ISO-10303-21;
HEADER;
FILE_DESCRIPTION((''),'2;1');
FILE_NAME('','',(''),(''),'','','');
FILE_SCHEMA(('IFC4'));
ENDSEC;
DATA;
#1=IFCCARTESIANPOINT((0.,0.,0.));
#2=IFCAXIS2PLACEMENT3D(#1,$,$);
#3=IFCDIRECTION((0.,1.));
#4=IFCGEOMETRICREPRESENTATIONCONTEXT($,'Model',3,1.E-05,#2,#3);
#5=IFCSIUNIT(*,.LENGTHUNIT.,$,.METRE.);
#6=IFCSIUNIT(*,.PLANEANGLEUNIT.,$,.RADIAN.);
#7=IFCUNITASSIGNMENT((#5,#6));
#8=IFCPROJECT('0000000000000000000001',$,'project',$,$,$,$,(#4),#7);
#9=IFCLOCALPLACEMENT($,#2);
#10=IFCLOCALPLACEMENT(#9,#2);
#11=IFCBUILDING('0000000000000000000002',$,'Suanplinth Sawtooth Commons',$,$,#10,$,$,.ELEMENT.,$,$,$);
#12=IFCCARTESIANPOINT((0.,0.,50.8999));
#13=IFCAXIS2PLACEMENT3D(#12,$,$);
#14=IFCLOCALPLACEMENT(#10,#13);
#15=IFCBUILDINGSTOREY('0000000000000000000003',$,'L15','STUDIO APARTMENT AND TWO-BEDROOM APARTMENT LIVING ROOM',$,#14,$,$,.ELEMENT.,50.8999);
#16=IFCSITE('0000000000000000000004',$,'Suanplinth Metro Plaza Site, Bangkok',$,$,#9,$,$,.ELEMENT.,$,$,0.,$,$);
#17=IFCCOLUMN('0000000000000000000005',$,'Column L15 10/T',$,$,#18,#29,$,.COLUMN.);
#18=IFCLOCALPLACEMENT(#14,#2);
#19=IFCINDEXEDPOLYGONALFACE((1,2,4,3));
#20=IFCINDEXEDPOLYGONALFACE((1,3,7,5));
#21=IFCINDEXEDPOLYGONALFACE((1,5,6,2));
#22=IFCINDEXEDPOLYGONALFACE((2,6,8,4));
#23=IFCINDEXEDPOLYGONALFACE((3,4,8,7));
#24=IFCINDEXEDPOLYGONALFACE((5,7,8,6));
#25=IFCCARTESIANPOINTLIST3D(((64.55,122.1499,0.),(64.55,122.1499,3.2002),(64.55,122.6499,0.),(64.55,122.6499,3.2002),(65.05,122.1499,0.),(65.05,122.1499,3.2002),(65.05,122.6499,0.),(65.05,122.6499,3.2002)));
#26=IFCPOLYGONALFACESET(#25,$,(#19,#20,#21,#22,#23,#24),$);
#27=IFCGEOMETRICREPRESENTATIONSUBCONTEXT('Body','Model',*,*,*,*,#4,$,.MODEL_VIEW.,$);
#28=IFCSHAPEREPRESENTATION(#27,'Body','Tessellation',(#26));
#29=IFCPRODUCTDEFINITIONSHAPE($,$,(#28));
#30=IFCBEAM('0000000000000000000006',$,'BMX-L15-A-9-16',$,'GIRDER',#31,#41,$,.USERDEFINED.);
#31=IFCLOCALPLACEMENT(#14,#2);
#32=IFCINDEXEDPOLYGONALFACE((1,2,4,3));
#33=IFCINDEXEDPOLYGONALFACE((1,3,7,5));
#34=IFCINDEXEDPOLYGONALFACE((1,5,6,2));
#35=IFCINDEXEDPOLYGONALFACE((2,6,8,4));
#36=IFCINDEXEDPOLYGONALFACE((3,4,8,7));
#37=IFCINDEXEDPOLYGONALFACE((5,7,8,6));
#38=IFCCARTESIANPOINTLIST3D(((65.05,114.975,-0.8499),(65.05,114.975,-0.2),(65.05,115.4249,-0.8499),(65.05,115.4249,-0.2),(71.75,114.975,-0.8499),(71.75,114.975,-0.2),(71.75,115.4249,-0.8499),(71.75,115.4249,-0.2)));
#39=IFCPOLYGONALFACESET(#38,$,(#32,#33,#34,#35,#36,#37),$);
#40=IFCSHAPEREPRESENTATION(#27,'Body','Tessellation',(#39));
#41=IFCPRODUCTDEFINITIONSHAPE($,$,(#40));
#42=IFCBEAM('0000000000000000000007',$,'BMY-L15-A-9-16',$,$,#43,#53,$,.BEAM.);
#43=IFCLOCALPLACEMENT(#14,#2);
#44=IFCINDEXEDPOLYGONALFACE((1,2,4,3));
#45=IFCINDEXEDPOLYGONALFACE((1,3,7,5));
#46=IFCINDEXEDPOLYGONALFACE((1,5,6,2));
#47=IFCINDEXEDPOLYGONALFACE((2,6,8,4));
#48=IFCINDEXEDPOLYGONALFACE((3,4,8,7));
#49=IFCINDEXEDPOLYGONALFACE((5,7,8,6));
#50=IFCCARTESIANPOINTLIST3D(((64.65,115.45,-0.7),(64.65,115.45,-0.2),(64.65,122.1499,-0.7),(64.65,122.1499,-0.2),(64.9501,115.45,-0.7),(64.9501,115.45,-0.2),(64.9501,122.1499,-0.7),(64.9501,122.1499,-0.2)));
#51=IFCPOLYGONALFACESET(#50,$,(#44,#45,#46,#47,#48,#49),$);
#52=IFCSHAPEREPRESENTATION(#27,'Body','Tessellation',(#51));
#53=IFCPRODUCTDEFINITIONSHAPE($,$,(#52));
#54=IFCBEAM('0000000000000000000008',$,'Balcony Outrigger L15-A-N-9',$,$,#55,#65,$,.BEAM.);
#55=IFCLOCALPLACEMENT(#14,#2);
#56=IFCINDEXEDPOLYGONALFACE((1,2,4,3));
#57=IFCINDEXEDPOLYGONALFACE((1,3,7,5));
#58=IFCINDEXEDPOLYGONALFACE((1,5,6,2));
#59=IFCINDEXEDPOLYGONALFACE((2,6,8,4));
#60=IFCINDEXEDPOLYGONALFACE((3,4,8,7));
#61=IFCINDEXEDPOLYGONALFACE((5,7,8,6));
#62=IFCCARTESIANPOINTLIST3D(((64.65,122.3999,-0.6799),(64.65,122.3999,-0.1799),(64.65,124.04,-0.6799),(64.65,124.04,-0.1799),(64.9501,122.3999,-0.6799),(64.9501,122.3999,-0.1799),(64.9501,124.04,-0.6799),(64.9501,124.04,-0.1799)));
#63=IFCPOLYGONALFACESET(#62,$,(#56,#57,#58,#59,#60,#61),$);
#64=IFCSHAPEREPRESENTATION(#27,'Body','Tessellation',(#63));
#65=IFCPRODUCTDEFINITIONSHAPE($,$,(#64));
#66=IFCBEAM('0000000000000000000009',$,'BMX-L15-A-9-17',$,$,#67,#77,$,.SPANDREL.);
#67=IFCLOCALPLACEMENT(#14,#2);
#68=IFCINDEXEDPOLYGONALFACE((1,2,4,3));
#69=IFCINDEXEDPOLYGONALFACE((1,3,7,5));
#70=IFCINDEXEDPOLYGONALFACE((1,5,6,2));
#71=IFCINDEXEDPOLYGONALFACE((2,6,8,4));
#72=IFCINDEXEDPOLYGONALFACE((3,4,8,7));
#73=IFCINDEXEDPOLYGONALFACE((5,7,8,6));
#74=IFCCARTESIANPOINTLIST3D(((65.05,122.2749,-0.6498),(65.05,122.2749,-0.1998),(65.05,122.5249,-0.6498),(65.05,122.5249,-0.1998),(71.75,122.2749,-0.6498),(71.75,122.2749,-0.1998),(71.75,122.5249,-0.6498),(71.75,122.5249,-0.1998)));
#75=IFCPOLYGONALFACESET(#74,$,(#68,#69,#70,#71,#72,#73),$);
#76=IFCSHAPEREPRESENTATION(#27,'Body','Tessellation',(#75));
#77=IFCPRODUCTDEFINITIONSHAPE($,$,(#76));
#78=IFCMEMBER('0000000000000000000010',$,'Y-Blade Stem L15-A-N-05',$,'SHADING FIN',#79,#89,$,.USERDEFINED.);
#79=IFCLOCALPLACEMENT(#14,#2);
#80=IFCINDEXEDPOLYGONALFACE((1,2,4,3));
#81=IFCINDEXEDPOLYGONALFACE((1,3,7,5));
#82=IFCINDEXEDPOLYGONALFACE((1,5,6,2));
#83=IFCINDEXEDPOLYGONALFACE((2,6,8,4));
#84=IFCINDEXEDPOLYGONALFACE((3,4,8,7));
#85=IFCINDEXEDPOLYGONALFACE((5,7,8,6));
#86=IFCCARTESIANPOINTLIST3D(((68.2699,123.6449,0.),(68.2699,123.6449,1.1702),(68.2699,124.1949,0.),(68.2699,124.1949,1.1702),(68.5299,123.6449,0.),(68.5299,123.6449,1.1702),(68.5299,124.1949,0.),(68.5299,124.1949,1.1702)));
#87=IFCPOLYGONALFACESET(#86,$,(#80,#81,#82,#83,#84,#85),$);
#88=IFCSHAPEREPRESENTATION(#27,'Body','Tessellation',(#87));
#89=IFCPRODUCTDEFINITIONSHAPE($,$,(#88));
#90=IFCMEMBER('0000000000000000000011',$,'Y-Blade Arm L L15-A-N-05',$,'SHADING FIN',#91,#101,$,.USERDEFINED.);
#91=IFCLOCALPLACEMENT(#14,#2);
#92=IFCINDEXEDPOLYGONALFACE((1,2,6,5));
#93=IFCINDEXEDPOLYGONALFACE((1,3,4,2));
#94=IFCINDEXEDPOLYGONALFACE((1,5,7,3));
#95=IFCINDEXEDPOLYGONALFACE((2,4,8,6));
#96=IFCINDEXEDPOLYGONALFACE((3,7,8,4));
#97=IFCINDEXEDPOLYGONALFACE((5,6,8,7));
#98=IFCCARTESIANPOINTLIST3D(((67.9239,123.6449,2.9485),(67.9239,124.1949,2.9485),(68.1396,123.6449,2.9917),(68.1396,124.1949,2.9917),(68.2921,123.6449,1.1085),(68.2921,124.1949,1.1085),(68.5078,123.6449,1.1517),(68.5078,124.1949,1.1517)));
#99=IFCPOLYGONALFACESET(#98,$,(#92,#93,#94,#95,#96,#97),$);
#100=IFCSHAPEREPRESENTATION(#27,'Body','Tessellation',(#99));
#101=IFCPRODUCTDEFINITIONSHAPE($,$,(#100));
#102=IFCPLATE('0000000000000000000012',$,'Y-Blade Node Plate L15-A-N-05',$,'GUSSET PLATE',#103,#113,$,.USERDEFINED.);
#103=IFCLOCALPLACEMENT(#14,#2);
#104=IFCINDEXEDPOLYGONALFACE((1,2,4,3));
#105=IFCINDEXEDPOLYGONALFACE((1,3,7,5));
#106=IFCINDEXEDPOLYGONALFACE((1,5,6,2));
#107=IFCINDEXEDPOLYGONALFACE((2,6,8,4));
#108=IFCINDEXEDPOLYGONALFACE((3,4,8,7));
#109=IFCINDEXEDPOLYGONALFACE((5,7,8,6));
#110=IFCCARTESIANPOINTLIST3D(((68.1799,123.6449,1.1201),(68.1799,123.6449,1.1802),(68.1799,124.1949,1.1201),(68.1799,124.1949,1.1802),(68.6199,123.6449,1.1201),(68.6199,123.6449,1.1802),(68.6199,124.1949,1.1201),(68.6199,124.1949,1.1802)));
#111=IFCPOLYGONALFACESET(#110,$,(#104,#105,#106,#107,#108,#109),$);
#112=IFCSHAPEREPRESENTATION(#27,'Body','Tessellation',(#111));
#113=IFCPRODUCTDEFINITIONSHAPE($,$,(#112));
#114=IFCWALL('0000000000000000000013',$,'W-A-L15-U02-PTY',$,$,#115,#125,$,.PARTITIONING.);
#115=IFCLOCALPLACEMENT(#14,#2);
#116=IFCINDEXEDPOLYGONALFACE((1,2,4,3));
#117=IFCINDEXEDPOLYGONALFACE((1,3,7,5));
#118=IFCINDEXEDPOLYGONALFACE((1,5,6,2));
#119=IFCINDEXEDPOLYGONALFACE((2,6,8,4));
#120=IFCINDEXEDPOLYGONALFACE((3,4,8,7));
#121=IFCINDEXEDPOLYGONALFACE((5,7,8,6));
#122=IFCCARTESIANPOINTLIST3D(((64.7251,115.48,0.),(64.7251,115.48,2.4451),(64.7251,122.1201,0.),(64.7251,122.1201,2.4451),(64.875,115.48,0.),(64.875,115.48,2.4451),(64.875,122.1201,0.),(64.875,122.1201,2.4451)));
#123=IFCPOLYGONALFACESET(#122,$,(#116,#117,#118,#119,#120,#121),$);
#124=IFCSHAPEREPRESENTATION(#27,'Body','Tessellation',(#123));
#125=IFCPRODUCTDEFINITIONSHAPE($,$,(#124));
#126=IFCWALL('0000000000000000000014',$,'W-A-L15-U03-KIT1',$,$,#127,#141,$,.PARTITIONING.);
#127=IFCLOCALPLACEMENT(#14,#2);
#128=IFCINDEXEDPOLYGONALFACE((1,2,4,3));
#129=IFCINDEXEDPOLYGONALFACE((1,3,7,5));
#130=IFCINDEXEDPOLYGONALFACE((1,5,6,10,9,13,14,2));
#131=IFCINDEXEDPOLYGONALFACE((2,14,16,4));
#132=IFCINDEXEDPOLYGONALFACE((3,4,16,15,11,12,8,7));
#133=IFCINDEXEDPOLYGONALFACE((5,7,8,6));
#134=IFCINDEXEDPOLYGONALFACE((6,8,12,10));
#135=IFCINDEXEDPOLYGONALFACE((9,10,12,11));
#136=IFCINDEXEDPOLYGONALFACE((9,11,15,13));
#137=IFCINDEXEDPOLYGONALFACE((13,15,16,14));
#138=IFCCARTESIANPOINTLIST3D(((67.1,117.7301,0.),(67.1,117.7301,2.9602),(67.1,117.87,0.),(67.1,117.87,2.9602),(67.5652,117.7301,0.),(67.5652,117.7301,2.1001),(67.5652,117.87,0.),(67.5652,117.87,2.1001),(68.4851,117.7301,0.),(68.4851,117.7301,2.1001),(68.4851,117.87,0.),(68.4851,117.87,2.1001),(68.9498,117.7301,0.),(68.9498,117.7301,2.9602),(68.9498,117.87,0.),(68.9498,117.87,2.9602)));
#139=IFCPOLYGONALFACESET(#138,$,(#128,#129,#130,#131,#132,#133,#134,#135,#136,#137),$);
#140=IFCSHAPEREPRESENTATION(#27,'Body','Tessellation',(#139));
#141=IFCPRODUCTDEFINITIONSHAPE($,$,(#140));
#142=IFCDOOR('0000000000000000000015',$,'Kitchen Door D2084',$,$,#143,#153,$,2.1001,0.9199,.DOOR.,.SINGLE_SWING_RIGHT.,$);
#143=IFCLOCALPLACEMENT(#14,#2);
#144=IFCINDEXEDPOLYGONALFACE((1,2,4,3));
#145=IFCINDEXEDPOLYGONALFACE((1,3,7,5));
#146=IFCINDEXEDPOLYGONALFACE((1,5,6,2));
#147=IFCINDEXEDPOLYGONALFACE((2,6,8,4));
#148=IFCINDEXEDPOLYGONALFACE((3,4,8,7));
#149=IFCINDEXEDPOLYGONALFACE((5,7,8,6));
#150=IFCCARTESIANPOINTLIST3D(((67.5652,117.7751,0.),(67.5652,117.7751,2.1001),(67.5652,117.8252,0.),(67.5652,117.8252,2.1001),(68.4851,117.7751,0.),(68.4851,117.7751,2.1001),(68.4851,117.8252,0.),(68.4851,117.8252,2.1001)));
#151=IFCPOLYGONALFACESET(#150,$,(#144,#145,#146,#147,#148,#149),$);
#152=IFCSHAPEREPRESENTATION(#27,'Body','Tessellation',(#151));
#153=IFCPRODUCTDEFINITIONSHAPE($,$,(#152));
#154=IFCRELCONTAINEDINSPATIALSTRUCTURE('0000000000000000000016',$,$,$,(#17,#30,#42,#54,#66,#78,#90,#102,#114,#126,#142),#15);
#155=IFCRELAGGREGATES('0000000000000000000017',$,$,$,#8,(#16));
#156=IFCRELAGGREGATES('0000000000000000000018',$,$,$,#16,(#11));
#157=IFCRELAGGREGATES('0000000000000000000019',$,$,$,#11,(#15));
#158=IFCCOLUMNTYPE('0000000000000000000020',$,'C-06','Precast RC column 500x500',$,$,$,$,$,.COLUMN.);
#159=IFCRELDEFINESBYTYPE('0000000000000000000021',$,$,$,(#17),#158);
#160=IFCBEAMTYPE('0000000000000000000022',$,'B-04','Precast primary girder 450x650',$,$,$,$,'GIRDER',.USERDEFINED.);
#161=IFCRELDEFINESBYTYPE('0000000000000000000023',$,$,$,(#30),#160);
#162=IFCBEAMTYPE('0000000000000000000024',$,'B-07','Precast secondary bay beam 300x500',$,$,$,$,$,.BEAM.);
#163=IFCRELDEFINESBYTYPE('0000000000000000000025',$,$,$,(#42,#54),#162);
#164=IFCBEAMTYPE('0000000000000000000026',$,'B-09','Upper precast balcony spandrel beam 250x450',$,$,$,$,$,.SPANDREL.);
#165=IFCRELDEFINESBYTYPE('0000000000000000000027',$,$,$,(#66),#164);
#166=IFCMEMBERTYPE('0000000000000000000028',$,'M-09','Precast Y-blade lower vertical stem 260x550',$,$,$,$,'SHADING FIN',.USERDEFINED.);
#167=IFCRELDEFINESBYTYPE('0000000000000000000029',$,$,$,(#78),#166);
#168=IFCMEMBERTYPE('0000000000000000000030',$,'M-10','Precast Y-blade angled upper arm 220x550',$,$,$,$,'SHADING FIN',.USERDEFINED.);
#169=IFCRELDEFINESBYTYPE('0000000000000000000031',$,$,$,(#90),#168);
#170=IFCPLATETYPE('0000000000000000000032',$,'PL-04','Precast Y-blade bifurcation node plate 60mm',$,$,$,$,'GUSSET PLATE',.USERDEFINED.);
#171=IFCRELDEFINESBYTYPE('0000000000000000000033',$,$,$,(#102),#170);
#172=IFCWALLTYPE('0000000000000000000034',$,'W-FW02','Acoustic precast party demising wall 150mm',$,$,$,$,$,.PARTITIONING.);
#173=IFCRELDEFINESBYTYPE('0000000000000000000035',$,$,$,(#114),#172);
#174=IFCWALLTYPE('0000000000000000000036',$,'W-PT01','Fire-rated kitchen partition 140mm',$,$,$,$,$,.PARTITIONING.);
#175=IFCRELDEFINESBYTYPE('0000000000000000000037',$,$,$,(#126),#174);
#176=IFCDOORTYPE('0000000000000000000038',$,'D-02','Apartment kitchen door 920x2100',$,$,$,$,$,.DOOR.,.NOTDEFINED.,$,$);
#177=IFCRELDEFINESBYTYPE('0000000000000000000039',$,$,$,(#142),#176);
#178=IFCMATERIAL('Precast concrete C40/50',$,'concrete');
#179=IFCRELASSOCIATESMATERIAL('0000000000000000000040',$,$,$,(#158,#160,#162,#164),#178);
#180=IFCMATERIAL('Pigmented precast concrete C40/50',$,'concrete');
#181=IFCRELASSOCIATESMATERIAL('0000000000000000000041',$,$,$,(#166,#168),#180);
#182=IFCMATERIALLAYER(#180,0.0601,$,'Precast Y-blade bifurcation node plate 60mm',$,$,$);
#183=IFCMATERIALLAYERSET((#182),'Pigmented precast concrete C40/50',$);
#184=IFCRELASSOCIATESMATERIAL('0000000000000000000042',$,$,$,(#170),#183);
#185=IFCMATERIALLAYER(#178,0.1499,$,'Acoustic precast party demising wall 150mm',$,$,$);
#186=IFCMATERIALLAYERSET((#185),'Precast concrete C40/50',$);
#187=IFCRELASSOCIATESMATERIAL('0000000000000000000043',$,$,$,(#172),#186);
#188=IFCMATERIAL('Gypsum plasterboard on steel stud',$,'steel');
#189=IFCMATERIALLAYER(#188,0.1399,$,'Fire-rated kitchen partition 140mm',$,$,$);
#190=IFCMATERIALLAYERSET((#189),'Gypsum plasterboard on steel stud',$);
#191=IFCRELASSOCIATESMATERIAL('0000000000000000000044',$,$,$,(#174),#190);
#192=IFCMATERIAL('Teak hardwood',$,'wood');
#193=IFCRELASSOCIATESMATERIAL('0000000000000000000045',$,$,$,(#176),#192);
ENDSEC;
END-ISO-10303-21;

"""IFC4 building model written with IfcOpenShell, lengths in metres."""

from ifc_helpers import new_model, si_unit, direction, frame, frame_2d, origin, origin_2d, place, context, subcontext, project, spatial, rectangle, extrude, material, layer, layer_set, material_profile, profile_set, type_object, element, fill, save


model = new_model("IFC4")

# Units and contexts
model_context = context("Model", 3, precision=1e-05, world=origin(), true_north=direction((0.0, 1.0)))
body_context = subcontext(model_context, "Body", "Model", "MODEL_VIEW")
ifc_project = project(units=[si_unit("LENGTHUNIT", "METRE"), si_unit("PLANEANGLEUNIT", "RADIAN")], contexts=[model_context])

# Site, building, storey
site_placement = place(None, origin())
site = spatial("IfcSite", under=ifc_project, at=site_placement, Name="Suanplinth Metro Plaza Site, Bangkok", CompositionType="ELEMENT", RefElevation=0.0)
building_placement = place(site_placement, origin())
building = spatial("IfcBuilding", under=site, at=building_placement, Name="Suanplinth Sawtooth Commons", CompositionType="ELEMENT")
storey_placement = place(building_placement, frame((0.0, 0.0, 50.8999)))
storey = spatial("IfcBuildingStorey", under=building, at=storey_placement, Name="L15", Description="STUDIO APARTMENT AND TWO-BEDROOM APARTMENT LIVING ROOM", CompositionType="ELEMENT", Elevation=50.8999)

# Column
ifc_material_1 = material(Name="Precast concrete C40/50", Category="concrete")
ifc_material_profile_1 = material_profile(ifc_material_1, rectangle(XDim=0.5, YDim=0.5, at=origin_2d()), Name="PC-COL 500x500")
ifc_profile_set_1 = profile_set([ifc_material_profile_1], Name="Precast concrete C40/50")
column_type = type_object("IfcColumnType", Name="C-06", Description="Precast RC column 500x500", PredefinedType="COLUMN", material=ifc_profile_set_1)
column_placement = place(storey_placement, frame((64.8, 122.3999, 0.0), z_axis=(0.0, 0.0, 1.0), x_axis=(1.0, 0.0, 0.0)))
element("IfcColumn", 1, at=column_placement, inside=storey, type_object=column_type, Name="Column L15 10/T", PredefinedType="COLUMN", context=body_context, shape_type="SweptSolid", body=[
    extrude(rectangle(XDim=0.5, YDim=0.5, at=origin_2d()), origin(), (0.0, 0.0, 1.0), 3.2002),
])

# Beams
ifc_material_profile_2 = material_profile(ifc_material_1, rectangle(XDim=0.45, YDim=0.6499, at=origin_2d()), Name="PC-GDR 450x650")
ifc_profile_set_2 = profile_set([ifc_material_profile_2], Name="Precast concrete C40/50")
beam_type_1 = type_object("IfcBeamType", Name="B-04", Description="Precast primary girder 450x650", ElementType="GIRDER", PredefinedType="USERDEFINED", material=ifc_profile_set_2)
beam_1_placement = place(storey_placement, frame((65.05, 115.2, -0.5249), z_axis=(1.0, 0.0, 0.0), x_axis=(0.0, 1.0, 0.0)))
element("IfcBeam", 2, at=beam_1_placement, inside=storey, type_object=beam_type_1, Name="BMX-L15-A-9-16", ObjectType="GIRDER", PredefinedType="USERDEFINED", context=body_context, shape_type="SweptSolid", body=[
    extrude(rectangle(XDim=0.45, YDim=0.6499, at=origin_2d()), origin(), (0.0, 0.0, 1.0), 6.7),
])
ifc_material_profile_3 = material_profile(ifc_material_1, rectangle(XDim=0.3, YDim=0.5, at=origin_2d()), Name="PC-BM 300x500")
ifc_profile_set_3 = profile_set([ifc_material_profile_3], Name="Precast concrete C40/50")
beam_type_2 = type_object("IfcBeamType", Name="B-07", Description="Precast secondary bay beam 300x500", PredefinedType="BEAM", material=ifc_profile_set_3)
beam_2_placement = place(storey_placement, frame((64.8, 115.45, -0.45), z_axis=(0.0, 1.0, 0.0), x_axis=(-1.0, 0.0, 0.0)))
element("IfcBeam", 3, at=beam_2_placement, inside=storey, type_object=beam_type_2, Name="BMY-L15-A-9-16", PredefinedType="BEAM", context=body_context, shape_type="SweptSolid", body=[
    extrude(rectangle(XDim=0.3, YDim=0.5, at=origin_2d()), origin(), (0.0, 0.0, 1.0), 6.7),
])
beam_3_placement = place(storey_placement, frame((64.8, 122.3999, -0.4299), z_axis=(0.0, 1.0, 0.0), x_axis=(-1.0, 0.0, 0.0)))
element("IfcBeam", 4, at=beam_3_placement, inside=storey, type_object=beam_type_2, Name="Balcony Outrigger L15-A-N-9", PredefinedType="BEAM", context=body_context, shape_type="SweptSolid", body=[
    extrude(rectangle(XDim=0.3, YDim=0.5, at=origin_2d()), origin(), (0.0, 0.0, 1.0), 1.6401),
])
ifc_material_profile_4 = material_profile(ifc_material_1, rectangle(XDim=0.25, YDim=0.45, at=origin_2d()), Name="PC-SP 250x450")
ifc_profile_set_4 = profile_set([ifc_material_profile_4], Name="Precast concrete C40/50")
beam_type_3 = type_object("IfcBeamType", Name="B-09", Description="Upper precast balcony spandrel beam 250x450", PredefinedType="SPANDREL", material=ifc_profile_set_4)
beam_4_placement = place(storey_placement, frame((65.05, 122.3999, -0.4248), z_axis=(1.0, 0.0, 0.0), x_axis=(0.0, 1.0, 0.0)))
element("IfcBeam", 5, at=beam_4_placement, inside=storey, type_object=beam_type_3, Name="BMX-L15-A-9-17", PredefinedType="SPANDREL", context=body_context, shape_type="SweptSolid", body=[
    extrude(rectangle(XDim=0.25, YDim=0.45, at=origin_2d()), origin(), (0.0, 0.0, 1.0), 6.7),
])

# Members
ifc_material_2 = material(Name="Pigmented precast concrete C40/50", Category="concrete")
ifc_material_profile_5 = material_profile(ifc_material_2, rectangle(XDim=0.26, YDim=0.55, at=origin_2d()), Name="PC-FIN 260x550")
ifc_profile_set_5 = profile_set([ifc_material_profile_5], Name="Pigmented precast concrete C40/50")
member_type_1 = type_object("IfcMemberType", Name="M-09", Description="Precast Y-blade lower vertical stem 260x550", ElementType="SHADING FIN", PredefinedType="USERDEFINED", material=ifc_profile_set_5)
member_1_placement = place(storey_placement, frame((68.3999, 123.9199, 0.0), z_axis=(0.0, 0.0, 1.0), x_axis=(1.0, 0.0, 0.0)))
element("IfcMember", 6, at=member_1_placement, inside=storey, type_object=member_type_1, Name="Y-Blade Stem L15-A-N-05", ObjectType="SHADING FIN", PredefinedType="USERDEFINED", context=body_context, shape_type="SweptSolid", body=[
    extrude(rectangle(XDim=0.26, YDim=0.55, at=origin_2d()), origin(), (0.0, 0.0, 1.0), 1.1702),
])
ifc_material_profile_6 = material_profile(ifc_material_2, rectangle(XDim=0.22, YDim=0.55, at=origin_2d()), Name="PC-FIN 220x550")
ifc_profile_set_6 = profile_set([ifc_material_profile_6], Name="Pigmented precast concrete C40/50")
member_type_2 = type_object("IfcMemberType", Name="M-10", Description="Precast Y-blade angled upper arm 220x550", ElementType="SHADING FIN", PredefinedType="USERDEFINED", material=ifc_profile_set_6)
member_2_placement = place(storey_placement, frame((68.3999, 123.9199, 1.1301), z_axis=(-0.196191, 0.0, 0.980566), x_axis=(0.980566, 0.0, 0.196191)))
element("IfcMember", 7, at=member_2_placement, inside=storey, type_object=member_type_2, Name="Y-Blade Arm L L15-A-N-05", ObjectType="SHADING FIN", PredefinedType="USERDEFINED", context=body_context, shape_type="SweptSolid", body=[
    extrude(rectangle(XDim=0.22, YDim=0.55, at=origin_2d()), origin(), (0.0, 0.0, 1.0), 1.8765),
])

# Plate
ifc_layer_1 = layer(ifc_material_2, 0.0601, Name="Precast Y-blade bifurcation node plate 60mm")
ifc_layer_set_1 = layer_set([ifc_layer_1], Name="Pigmented precast concrete C40/50")
plate_type = type_object("IfcPlateType", Name="PL-04", Description="Precast Y-blade bifurcation node plate 60mm", ElementType="GUSSET PLATE", PredefinedType="USERDEFINED", material=ifc_layer_set_1)
plate_placement = place(storey_placement, frame((68.3999, 123.9199, 1.1201), z_axis=(0.0, 0.0, 1.0), x_axis=(1.0, 0.0, 0.0)))
element("IfcPlate", 8, at=plate_placement, inside=storey, type_object=plate_type, Name="Y-Blade Node Plate L15-A-N-05", ObjectType="GUSSET PLATE", PredefinedType="USERDEFINED", context=body_context, shape_type="SweptSolid", body=[
    extrude(rectangle(XDim=0.4399, YDim=0.55, at=origin_2d()), origin(), (0.0, 0.0, 1.0), 0.0601),
])

# Wall
ifc_layer_2 = layer(ifc_material_1, 0.1499, Name="Acoustic precast party demising wall 150mm")
ifc_layer_set_2 = layer_set([ifc_layer_2], Name="Precast concrete C40/50")
wall_type_1 = type_object("IfcWallType", Name="W-FW02", Description="Acoustic precast party demising wall 150mm", PredefinedType="PARTITIONING", material=ifc_layer_set_2)
wall_1_placement = place(storey_placement, frame((64.8, 115.48, 0.0), z_axis=(0.0, 0.0, 1.0), x_axis=(0.0, 1.0, 0.0)))
element("IfcWall", 9, at=wall_1_placement, inside=storey, type_object=wall_type_1, Name="W-A-L15-U02-PTY", PredefinedType="PARTITIONING", context=body_context, shape_type="SweptSolid", body=[
    extrude(rectangle(XDim=6.6401, YDim=0.1499, at=frame_2d((3.3201, 0.0))), origin(), (0.0, 0.0, 1.0), 2.4451),
])

# Wall, opening, door
ifc_material_3 = material(Name="Gypsum plasterboard on steel stud", Category="steel")
ifc_layer_3 = layer(ifc_material_3, 0.1399, Name="Fire-rated kitchen partition 140mm")
ifc_layer_set_3 = layer_set([ifc_layer_3], Name="Gypsum plasterboard on steel stud")
wall_type_2 = type_object("IfcWallType", Name="W-PT01", Description="Fire-rated kitchen partition 140mm", PredefinedType="PARTITIONING", material=ifc_layer_set_3)
wall_2_placement = place(storey_placement, frame((67.1001, 117.8, 0.0), z_axis=(0.0, 0.0, 1.0), x_axis=(1.0, 0.0, 0.0)))
wall_2 = element("IfcWall", 10, at=wall_2_placement, inside=storey, type_object=wall_type_2, Name="W-A-L15-U03-KIT1", PredefinedType="PARTITIONING", context=body_context, shape_type="SweptSolid", body=[
    extrude(rectangle(XDim=1.8499, YDim=0.1399, at=frame_2d((0.9248, 0.0))), origin(), (0.0, 0.0, 1.0), 2.9602),
])
opening_1_placement = place(wall_2_placement, frame((0.4651, 0.0, 0.0)))
opening_1 = element("IfcOpeningElement", 11, at=opening_1_placement, cuts=wall_2, PredefinedType="OPENING", context=body_context, shape_type="SweptSolid", body=[
    extrude(rectangle(XDim=0.9199, YDim=2.1001, at=frame_2d((0.46, 1.05))), frame((0.0, 0.085, 0.0), z_axis=(0.0, -1.0, 0.0), x_axis=(1.0, 0.0, 0.0)), (0.0, 0.0, 1.0), 0.1697),
])
ifc_material_4 = material(Name="Teak hardwood", Category="wood")
door_type_1 = type_object("IfcDoorType", Name="D-02", Description="Apartment kitchen door 920x2100", OperationType="NOTDEFINED", PredefinedType="DOOR", material=ifc_material_4)
door_1_placement = place(opening_1_placement, frame((0.9199, 0.0, 0.0), z_axis=(0.0, 0.0, 1.0), x_axis=(-1.0, 0.0, 0.0)))
door_1 = element("IfcDoor", 12, at=door_1_placement, inside=storey, type_object=door_type_1, Name="Kitchen Door D2084", OperationType="SINGLE_SWING_RIGHT", OverallHeight=2.1001, OverallWidth=0.9199, PredefinedType="DOOR", context=body_context, shape_type="SweptSolid", body=[
    extrude(rectangle(XDim=0.9199, YDim=2.1001, at=frame_2d((0.46, 1.05))), frame((0.0, 0.0249, 0.0), z_axis=(0.0, -1.0, 0.0), x_axis=(1.0, 0.0, 0.0)), (0.0, 0.0, 1.0), 0.05),
])
fill(opening_1, door_1)

save(model, "model.ifc")
